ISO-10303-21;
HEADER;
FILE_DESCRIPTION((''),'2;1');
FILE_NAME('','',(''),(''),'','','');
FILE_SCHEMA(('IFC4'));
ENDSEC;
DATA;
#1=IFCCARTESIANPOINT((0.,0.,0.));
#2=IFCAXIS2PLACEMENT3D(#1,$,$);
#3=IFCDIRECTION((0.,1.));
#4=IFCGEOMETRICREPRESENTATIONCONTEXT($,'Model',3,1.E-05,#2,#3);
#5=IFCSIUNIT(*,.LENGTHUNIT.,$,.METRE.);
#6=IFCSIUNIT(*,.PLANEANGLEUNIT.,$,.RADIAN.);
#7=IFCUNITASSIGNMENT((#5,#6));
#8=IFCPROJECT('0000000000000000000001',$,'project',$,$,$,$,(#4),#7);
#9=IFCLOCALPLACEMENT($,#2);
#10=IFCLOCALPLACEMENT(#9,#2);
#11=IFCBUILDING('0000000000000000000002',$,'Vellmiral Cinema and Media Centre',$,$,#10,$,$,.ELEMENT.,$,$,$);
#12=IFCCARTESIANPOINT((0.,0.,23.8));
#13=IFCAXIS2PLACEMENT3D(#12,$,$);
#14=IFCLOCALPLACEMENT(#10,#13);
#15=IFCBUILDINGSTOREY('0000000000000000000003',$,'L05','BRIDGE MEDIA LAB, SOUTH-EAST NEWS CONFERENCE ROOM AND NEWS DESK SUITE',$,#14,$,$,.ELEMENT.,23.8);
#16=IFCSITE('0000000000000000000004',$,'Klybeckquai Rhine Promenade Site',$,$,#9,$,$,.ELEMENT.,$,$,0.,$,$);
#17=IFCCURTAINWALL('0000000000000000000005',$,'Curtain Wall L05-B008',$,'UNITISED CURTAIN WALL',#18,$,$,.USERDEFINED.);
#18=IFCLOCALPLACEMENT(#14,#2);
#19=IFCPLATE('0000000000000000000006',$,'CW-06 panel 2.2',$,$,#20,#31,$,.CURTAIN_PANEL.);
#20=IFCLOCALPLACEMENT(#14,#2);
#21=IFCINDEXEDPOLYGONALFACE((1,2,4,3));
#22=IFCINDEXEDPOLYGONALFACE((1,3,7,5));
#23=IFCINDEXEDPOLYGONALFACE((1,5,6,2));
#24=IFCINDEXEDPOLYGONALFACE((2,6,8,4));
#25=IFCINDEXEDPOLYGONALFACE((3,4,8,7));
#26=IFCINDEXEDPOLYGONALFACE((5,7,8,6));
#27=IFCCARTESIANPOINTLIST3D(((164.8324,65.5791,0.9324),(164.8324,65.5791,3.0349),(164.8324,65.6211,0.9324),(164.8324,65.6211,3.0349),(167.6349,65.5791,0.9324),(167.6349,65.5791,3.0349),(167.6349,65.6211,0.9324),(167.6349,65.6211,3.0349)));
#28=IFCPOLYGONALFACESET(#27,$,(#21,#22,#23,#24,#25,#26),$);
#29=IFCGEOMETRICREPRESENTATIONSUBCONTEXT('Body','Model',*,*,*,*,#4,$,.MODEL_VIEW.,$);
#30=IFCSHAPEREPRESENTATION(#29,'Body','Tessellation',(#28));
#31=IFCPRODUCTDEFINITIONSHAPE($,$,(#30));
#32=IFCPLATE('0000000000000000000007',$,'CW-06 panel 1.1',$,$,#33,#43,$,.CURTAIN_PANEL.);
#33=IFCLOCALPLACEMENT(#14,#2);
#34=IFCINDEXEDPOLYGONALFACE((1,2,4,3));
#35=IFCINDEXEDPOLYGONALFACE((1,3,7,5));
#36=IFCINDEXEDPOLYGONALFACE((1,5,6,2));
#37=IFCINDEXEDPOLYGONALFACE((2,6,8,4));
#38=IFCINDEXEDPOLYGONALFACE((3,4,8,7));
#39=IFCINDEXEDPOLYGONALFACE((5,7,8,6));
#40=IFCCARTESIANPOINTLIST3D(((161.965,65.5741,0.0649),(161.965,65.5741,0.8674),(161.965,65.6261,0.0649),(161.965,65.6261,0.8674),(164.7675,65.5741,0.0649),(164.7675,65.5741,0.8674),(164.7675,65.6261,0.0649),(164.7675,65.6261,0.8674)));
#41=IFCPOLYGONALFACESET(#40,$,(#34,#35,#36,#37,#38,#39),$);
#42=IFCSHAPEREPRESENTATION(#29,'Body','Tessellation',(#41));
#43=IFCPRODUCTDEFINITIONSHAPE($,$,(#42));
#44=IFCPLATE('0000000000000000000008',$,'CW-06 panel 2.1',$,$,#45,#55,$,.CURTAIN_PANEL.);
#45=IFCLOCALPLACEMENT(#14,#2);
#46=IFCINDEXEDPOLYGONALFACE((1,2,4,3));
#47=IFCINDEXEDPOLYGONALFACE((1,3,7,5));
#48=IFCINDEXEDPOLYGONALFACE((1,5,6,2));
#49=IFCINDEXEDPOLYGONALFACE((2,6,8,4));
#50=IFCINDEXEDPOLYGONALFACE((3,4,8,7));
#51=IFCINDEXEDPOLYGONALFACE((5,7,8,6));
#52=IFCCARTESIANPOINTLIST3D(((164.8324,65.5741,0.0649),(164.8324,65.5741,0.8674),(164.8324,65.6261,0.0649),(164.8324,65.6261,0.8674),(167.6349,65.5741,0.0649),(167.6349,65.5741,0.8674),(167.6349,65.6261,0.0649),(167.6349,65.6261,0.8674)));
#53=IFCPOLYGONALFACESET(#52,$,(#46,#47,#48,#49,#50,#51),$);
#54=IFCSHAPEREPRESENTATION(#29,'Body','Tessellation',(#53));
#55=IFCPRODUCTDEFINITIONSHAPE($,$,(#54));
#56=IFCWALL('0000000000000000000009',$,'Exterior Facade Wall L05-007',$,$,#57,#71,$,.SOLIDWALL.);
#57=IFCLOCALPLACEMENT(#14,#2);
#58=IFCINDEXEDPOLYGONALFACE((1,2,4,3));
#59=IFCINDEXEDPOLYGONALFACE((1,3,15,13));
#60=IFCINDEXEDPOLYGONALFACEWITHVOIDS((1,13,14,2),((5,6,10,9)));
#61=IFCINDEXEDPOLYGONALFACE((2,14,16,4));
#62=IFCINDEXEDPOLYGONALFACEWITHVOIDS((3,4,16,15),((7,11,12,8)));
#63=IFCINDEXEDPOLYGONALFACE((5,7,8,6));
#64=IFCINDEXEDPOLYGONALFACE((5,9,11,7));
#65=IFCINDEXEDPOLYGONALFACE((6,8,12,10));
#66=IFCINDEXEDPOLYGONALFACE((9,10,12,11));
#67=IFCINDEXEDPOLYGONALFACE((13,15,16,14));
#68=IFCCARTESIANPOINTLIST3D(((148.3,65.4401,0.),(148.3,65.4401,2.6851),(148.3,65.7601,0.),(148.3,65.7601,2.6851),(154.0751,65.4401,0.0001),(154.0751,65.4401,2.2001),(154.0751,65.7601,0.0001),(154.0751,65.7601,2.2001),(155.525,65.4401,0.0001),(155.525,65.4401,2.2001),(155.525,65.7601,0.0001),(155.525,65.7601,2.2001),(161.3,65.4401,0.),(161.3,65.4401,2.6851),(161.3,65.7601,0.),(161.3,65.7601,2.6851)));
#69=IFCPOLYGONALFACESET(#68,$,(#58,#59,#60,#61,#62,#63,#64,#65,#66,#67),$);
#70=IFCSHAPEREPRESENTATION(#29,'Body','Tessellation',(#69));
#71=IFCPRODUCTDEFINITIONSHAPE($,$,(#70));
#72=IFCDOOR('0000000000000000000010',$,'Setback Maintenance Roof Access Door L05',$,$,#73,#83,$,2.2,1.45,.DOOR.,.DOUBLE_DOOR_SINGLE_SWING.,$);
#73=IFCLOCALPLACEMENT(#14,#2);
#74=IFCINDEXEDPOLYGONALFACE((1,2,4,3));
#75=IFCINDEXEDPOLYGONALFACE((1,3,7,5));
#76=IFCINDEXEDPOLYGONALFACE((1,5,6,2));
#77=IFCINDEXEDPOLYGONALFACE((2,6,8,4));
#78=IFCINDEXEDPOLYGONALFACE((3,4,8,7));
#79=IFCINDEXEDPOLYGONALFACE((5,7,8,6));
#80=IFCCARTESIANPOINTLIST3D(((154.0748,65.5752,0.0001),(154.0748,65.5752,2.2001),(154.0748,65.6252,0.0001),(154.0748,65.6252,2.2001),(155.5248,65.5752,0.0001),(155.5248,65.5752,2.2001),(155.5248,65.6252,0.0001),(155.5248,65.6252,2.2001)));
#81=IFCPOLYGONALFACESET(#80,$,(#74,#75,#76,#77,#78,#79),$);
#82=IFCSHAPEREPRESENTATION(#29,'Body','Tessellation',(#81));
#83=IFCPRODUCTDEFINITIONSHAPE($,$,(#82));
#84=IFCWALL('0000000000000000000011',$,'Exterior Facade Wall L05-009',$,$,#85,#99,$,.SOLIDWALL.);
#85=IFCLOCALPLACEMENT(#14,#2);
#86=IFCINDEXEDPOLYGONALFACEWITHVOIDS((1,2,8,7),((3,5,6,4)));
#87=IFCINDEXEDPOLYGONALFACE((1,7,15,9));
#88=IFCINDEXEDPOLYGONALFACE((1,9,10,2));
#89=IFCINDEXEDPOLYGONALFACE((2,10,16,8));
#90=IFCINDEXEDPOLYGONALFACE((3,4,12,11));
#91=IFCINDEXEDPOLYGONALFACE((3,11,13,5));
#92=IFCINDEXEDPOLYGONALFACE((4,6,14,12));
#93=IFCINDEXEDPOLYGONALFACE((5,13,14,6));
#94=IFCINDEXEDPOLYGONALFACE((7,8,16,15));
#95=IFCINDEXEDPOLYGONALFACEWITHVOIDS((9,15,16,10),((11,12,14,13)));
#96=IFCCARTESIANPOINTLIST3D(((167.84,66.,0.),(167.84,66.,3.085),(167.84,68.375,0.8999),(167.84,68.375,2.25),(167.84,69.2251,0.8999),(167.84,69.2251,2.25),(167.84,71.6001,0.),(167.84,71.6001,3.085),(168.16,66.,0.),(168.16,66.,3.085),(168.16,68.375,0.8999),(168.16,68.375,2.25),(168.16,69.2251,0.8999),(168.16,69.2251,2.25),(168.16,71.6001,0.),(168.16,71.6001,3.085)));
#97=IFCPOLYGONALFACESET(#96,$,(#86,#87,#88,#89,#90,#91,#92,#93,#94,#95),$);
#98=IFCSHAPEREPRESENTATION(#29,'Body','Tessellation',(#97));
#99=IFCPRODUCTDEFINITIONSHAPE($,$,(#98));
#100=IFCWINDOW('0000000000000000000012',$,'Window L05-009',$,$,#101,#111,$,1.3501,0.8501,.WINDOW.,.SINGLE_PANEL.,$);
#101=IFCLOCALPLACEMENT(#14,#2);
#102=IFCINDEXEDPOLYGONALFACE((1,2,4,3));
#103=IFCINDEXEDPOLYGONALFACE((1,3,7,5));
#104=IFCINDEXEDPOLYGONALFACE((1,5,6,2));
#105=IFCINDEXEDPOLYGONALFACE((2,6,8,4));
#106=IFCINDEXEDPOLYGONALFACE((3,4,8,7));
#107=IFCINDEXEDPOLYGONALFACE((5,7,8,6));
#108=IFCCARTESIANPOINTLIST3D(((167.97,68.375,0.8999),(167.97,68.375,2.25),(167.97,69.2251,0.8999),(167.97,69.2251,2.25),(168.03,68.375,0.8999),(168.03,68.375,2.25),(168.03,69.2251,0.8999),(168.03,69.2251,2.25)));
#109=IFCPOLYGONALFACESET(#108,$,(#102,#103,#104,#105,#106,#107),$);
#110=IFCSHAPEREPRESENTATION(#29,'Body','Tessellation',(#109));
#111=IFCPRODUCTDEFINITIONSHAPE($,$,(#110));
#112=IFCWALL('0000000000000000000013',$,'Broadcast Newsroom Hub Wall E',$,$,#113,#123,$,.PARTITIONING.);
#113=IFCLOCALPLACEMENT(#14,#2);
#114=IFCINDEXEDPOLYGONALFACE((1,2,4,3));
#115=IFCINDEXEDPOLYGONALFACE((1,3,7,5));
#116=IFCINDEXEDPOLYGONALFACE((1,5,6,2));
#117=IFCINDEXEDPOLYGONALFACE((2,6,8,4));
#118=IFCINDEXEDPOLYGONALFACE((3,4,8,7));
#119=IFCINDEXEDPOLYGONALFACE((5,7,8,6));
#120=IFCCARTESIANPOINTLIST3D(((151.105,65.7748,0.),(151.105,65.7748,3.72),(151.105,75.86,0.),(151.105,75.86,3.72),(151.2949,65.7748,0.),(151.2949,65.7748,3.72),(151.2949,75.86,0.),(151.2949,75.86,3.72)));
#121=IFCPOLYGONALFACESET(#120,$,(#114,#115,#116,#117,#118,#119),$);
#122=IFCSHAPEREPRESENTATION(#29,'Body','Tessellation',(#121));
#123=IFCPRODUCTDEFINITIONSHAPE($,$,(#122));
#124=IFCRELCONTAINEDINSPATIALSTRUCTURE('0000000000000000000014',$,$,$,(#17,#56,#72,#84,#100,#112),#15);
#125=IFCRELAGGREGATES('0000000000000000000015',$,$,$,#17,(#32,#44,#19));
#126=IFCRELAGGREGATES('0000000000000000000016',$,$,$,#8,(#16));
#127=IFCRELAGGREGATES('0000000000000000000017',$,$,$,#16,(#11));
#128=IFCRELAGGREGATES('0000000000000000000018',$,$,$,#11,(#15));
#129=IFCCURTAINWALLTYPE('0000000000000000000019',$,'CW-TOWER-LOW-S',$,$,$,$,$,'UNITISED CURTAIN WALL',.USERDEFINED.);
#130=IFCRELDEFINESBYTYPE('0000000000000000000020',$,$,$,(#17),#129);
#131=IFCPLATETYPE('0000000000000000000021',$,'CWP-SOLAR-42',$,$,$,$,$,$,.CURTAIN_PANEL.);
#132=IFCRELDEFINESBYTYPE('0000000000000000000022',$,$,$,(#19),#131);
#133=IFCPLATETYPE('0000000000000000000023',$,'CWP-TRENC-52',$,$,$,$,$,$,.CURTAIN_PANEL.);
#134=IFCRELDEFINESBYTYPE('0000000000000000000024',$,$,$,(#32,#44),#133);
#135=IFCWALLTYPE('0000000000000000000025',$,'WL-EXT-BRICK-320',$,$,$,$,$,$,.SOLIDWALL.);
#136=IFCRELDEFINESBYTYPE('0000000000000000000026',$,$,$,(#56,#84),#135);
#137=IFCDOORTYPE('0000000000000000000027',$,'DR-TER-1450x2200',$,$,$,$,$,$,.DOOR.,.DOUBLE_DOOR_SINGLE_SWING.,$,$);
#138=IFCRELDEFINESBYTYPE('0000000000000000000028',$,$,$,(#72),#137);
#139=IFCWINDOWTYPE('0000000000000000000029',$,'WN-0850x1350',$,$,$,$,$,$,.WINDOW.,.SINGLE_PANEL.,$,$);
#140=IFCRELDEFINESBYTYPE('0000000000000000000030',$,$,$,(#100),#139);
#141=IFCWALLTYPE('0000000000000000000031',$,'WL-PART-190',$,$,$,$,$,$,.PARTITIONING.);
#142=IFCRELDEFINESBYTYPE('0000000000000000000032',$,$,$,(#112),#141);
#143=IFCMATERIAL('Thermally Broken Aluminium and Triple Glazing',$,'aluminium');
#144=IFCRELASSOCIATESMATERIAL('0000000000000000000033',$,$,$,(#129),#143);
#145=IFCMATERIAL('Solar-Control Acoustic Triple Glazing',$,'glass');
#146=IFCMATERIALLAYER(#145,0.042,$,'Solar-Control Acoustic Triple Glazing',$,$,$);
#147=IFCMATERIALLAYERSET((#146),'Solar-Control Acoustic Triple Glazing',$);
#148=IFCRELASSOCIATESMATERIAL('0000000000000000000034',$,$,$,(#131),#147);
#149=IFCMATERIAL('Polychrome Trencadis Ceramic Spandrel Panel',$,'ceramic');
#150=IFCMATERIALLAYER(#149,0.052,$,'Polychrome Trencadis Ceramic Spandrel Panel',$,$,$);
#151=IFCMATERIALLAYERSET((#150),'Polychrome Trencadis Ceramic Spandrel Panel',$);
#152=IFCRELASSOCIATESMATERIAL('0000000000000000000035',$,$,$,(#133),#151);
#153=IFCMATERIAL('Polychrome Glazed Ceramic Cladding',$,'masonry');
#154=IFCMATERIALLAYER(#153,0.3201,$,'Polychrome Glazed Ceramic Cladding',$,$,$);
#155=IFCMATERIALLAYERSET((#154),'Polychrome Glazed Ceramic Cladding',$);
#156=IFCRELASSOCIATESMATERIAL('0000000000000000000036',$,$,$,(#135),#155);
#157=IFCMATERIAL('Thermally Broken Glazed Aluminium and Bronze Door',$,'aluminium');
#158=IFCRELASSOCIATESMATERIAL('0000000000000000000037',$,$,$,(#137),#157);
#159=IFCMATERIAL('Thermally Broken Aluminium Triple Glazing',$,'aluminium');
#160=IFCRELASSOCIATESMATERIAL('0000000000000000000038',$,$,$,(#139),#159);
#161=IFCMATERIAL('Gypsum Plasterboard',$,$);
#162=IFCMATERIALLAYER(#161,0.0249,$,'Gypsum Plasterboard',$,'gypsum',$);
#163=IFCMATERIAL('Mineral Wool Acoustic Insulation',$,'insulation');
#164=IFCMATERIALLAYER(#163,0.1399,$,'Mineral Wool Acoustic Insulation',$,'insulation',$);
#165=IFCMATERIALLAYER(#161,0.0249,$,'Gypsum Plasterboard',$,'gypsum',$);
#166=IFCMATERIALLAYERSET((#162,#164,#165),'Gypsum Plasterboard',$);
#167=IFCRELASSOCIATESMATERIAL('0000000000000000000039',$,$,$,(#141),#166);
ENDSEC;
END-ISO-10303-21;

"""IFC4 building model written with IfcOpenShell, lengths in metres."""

from ifc_helpers import new_model, si_unit, direction, frame, frame_2d, origin, origin_2d, place, context, subcontext, project, spatial, rectangle, extrude, material, layer, layer_set, type_object, element, fill, aggregate, save


model = new_model("IFC4")

# Units and contexts
model_context = context("Model", 3, precision=1e-05, world=origin(), true_north=direction((0.0, 1.0)))
body_context = subcontext(model_context, "Body", "Model", "MODEL_VIEW")
ifc_project = project(units=[si_unit("LENGTHUNIT", "METRE"), si_unit("PLANEANGLEUNIT", "RADIAN")], contexts=[model_context])

# Site, building, storey
site_placement = place(None, origin())
site = spatial("IfcSite", under=ifc_project, at=site_placement, Name="Klybeckquai Rhine Promenade Site", CompositionType="ELEMENT", RefElevation=0.0)
building_placement = place(site_placement, origin())
building = spatial("IfcBuilding", under=site, at=building_placement, Name="Vellmiral Cinema and Media Centre", CompositionType="ELEMENT")
storey_placement = place(building_placement, frame((0.0, 0.0, 23.8)))
storey = spatial("IfcBuildingStorey", under=building, at=storey_placement, Name="L05", Description="BRIDGE MEDIA LAB, SOUTH-EAST NEWS CONFERENCE ROOM AND NEWS DESK SUITE", CompositionType="ELEMENT", Elevation=23.8)

# Shared definitions
ifc_material_1 = material(Name="Thermally Broken Aluminium and Triple Glazing", Category="aluminium")
curtain_wall_type = type_object("IfcCurtainWallType", Name="CW-TOWER-LOW-S", ElementType="UNITISED CURTAIN WALL", PredefinedType="USERDEFINED", material=ifc_material_1)

# Curtain wall
curtain_wall_1_placement = place(storey_placement, origin())
curtain_wall_1 = element("IfcCurtainWall", 1, at=curtain_wall_1_placement, inside=storey, type_object=curtain_wall_type, Name="Curtain Wall L05-B008", ObjectType="UNITISED CURTAIN WALL", PredefinedType="USERDEFINED")

# Plates
ifc_material_2 = material(Name="Solar-Control Acoustic Triple Glazing", Category="glass")
ifc_layer_1 = layer(ifc_material_2, 0.042, Name="Solar-Control Acoustic Triple Glazing")
ifc_layer_set_1 = layer_set([ifc_layer_1], Name="Solar-Control Acoustic Triple Glazing")
plate_type_1 = type_object("IfcPlateType", Name="CWP-SOLAR-42", PredefinedType="CURTAIN_PANEL", material=ifc_layer_set_1)
plate_1_placement = place(storey_placement, frame((166.2336, 65.6001, 0.9324), z_axis=(0.0, 0.0, 1.0), x_axis=(1.0, 0.0, 0.0)))
plate_1 = element("IfcPlate", 2, at=plate_1_placement, type_object=plate_type_1, Name="CW-06 panel 2.2", PredefinedType="CURTAIN_PANEL", context=body_context, shape_type="SweptSolid", body=[
    extrude(rectangle(XDim=2.8025, YDim=0.042, at=origin_2d()), origin(), (0.0, 0.0, 1.0), 2.1025),
])
ifc_material_3 = material(Name="Polychrome Trencadis Ceramic Spandrel Panel", Category="ceramic")
ifc_layer_2 = layer(ifc_material_3, 0.052, Name="Polychrome Trencadis Ceramic Spandrel Panel")
ifc_layer_set_2 = layer_set([ifc_layer_2], Name="Polychrome Trencadis Ceramic Spandrel Panel")
plate_type_2 = type_object("IfcPlateType", Name="CWP-TRENC-52", PredefinedType="CURTAIN_PANEL", material=ifc_layer_set_2)
plate_2_placement = place(storey_placement, frame((163.3662, 65.6001, 0.0649), z_axis=(0.0, 0.0, 1.0), x_axis=(1.0, 0.0, 0.0)))
plate_2 = element("IfcPlate", 3, at=plate_2_placement, type_object=plate_type_2, Name="CW-06 panel 1.1", PredefinedType="CURTAIN_PANEL", context=body_context, shape_type="SweptSolid", body=[
    extrude(rectangle(XDim=2.8025, YDim=0.052, at=origin_2d()), origin(), (0.0, 0.0, 1.0), 0.8025),
])
plate_3_placement = place(storey_placement, frame((166.2336, 65.6001, 0.0649), z_axis=(0.0, 0.0, 1.0), x_axis=(1.0, 0.0, 0.0)))
plate_3 = element("IfcPlate", 4, at=plate_3_placement, type_object=plate_type_2, Name="CW-06 panel 2.1", PredefinedType="CURTAIN_PANEL", context=body_context, shape_type="SweptSolid", body=[
    extrude(rectangle(XDim=2.8025, YDim=0.052, at=origin_2d()), origin(), (0.0, 0.0, 1.0), 0.8025),
])
aggregate(curtain_wall_1, [plate_2, plate_3, plate_1])

# Wall, opening, door
ifc_material_4 = material(Name="Polychrome Glazed Ceramic Cladding", Category="masonry")
ifc_layer_3 = layer(ifc_material_4, 0.3201, Name="Polychrome Glazed Ceramic Cladding")
ifc_layer_set_3 = layer_set([ifc_layer_3], Name="Polychrome Glazed Ceramic Cladding")
wall_type_1 = type_object("IfcWallType", Name="WL-EXT-BRICK-320", PredefinedType="SOLIDWALL", material=ifc_layer_set_3)
wall_1_placement = place(storey_placement, frame((148.3, 65.6001, 0.0), z_axis=(0.0, 0.0, 1.0), x_axis=(1.0, 0.0, 0.0)))
wall_1 = element("IfcWall", 5, at=wall_1_placement, inside=storey, type_object=wall_type_1, Name="Exterior Facade Wall L05-007", PredefinedType="SOLIDWALL", context=body_context, shape_type="SweptSolid", body=[
    extrude(rectangle(XDim=13.0, YDim=0.3201, at=frame_2d((6.5, 0.0))), origin(), (0.0, 0.0, 1.0), 2.6851),
])
opening_1_placement = place(wall_1_placement, frame((5.7749, 0.0, 0.0)))
opening_1 = element("IfcOpeningElement", 6, at=opening_1_placement, cuts=wall_1, PredefinedType="OPENING", context=body_context, shape_type="SweptSolid", body=[
    extrude(rectangle(XDim=1.45, YDim=2.2, at=frame_2d((0.7251, 1.1001))), frame((0.0, 0.1719, 0.0), z_axis=(0.0, -1.0, 0.0), x_axis=(1.0, 0.0, 0.0)), (0.0, 0.0, 1.0), 0.344),
])
ifc_material_5 = material(Name="Thermally Broken Glazed Aluminium and Bronze Door", Category="aluminium")
door_type = type_object("IfcDoorType", Name="DR-TER-1450x2200", OperationType="DOUBLE_DOOR_SINGLE_SWING", PredefinedType="DOOR", material=ifc_material_5)
door_placement = place(opening_1_placement, frame((1.45, 0.0, 0.0), z_axis=(0.0, 0.0, 1.0), x_axis=(-1.0, 0.0, 0.0)))
door = element("IfcDoor", 7, at=door_placement, inside=storey, type_object=door_type, Name="Setback Maintenance Roof Access Door L05", OperationType="DOUBLE_DOOR_SINGLE_SWING", OverallHeight=2.2, OverallWidth=1.45, PredefinedType="DOOR", context=body_context, shape_type="SweptSolid", body=[
    extrude(rectangle(XDim=1.45, YDim=2.2, at=frame_2d((0.7251, 1.1001))), frame((0.0, 0.0249, 0.0), z_axis=(0.0, -1.0, 0.0), x_axis=(1.0, 0.0, 0.0)), (0.0, 0.0, 1.0), 0.05),
])
fill(opening_1, door)

# Wall, opening, window
wall_2_placement = place(storey_placement, frame((168.0, 66.0, 0.0), z_axis=(0.0, 0.0, 1.0), x_axis=(0.0, 1.0, 0.0)))
wall_2 = element("IfcWall", 8, at=wall_2_placement, inside=storey, type_object=wall_type_1, Name="Exterior Facade Wall L05-009", PredefinedType="SOLIDWALL", context=body_context, shape_type="SweptSolid", body=[
    extrude(rectangle(XDim=5.6001, YDim=0.3201, at=frame_2d((2.8, 0.0))), origin(), (0.0, 0.0, 1.0), 3.085),
])
opening_2_placement = place(wall_2_placement, frame((2.375, 0.0, 0.8999)))
opening_2 = element("IfcOpeningElement", 9, at=opening_2_placement, cuts=wall_2, PredefinedType="OPENING", context=body_context, shape_type="SweptSolid", body=[
    extrude(rectangle(XDim=0.8501, YDim=1.3501, at=frame_2d((0.425, 0.675))), frame((0.0, 0.1719, 0.0), z_axis=(0.0, -1.0, 0.0), x_axis=(1.0, 0.0, 0.0)), (0.0, 0.0, 1.0), 0.344),
])
ifc_material_6 = material(Name="Thermally Broken Aluminium Triple Glazing", Category="aluminium")
window_type = type_object("IfcWindowType", Name="WN-0850x1350", PartitioningType="SINGLE_PANEL", PredefinedType="WINDOW", material=ifc_material_6)
window_placement = place(opening_2_placement, origin())
window = element("IfcWindow", 10, at=window_placement, inside=storey, type_object=window_type, Name="Window L05-009", OverallHeight=1.3501, OverallWidth=0.8501, PartitioningType="SINGLE_PANEL", PredefinedType="WINDOW", context=body_context, shape_type="SweptSolid", body=[
    extrude(rectangle(XDim=0.8501, YDim=1.3501, at=frame_2d((0.425, 0.675))), frame((0.0, 0.03, 0.0), z_axis=(0.0, -1.0, 0.0), x_axis=(1.0, 0.0, 0.0)), (0.0, 0.0, 1.0), 0.0601),
])
fill(opening_2, window)

# Wall
ifc_material_7 = material(Name="Gypsum Plasterboard")
ifc_layer_4 = layer(ifc_material_7, 0.0249, Name="Gypsum Plasterboard", Category="gypsum")
ifc_material_8 = material(Name="Mineral Wool Acoustic Insulation", Category="insulation")
ifc_layer_5 = layer(ifc_material_8, 0.1399, Name="Mineral Wool Acoustic Insulation", Category="insulation")
ifc_layer_6 = layer(ifc_material_7, 0.0249, Name="Gypsum Plasterboard", Category="gypsum")
ifc_layer_set_4 = layer_set([ifc_layer_4, ifc_layer_5, ifc_layer_6], Name="Gypsum Plasterboard")
wall_type_2 = type_object("IfcWallType", Name="WL-PART-190", PredefinedType="PARTITIONING", material=ifc_layer_set_4)
wall_3_placement = place(storey_placement, frame((151.2, 65.7749, 0.0), z_axis=(0.0, 0.0, 1.0), x_axis=(0.0, 1.0, 0.0)))
element("IfcWall", 11, at=wall_3_placement, inside=storey, type_object=wall_type_2, Name="Broadcast Newsroom Hub Wall E", PredefinedType="PARTITIONING", context=body_context, shape_type="SweptSolid", body=[
    extrude(rectangle(XDim=10.0852, YDim=0.1899, at=frame_2d((5.0425, 0.0))), origin(), (0.0, 0.0, 1.0), 3.72),
])

save(model, "model.ifc")
